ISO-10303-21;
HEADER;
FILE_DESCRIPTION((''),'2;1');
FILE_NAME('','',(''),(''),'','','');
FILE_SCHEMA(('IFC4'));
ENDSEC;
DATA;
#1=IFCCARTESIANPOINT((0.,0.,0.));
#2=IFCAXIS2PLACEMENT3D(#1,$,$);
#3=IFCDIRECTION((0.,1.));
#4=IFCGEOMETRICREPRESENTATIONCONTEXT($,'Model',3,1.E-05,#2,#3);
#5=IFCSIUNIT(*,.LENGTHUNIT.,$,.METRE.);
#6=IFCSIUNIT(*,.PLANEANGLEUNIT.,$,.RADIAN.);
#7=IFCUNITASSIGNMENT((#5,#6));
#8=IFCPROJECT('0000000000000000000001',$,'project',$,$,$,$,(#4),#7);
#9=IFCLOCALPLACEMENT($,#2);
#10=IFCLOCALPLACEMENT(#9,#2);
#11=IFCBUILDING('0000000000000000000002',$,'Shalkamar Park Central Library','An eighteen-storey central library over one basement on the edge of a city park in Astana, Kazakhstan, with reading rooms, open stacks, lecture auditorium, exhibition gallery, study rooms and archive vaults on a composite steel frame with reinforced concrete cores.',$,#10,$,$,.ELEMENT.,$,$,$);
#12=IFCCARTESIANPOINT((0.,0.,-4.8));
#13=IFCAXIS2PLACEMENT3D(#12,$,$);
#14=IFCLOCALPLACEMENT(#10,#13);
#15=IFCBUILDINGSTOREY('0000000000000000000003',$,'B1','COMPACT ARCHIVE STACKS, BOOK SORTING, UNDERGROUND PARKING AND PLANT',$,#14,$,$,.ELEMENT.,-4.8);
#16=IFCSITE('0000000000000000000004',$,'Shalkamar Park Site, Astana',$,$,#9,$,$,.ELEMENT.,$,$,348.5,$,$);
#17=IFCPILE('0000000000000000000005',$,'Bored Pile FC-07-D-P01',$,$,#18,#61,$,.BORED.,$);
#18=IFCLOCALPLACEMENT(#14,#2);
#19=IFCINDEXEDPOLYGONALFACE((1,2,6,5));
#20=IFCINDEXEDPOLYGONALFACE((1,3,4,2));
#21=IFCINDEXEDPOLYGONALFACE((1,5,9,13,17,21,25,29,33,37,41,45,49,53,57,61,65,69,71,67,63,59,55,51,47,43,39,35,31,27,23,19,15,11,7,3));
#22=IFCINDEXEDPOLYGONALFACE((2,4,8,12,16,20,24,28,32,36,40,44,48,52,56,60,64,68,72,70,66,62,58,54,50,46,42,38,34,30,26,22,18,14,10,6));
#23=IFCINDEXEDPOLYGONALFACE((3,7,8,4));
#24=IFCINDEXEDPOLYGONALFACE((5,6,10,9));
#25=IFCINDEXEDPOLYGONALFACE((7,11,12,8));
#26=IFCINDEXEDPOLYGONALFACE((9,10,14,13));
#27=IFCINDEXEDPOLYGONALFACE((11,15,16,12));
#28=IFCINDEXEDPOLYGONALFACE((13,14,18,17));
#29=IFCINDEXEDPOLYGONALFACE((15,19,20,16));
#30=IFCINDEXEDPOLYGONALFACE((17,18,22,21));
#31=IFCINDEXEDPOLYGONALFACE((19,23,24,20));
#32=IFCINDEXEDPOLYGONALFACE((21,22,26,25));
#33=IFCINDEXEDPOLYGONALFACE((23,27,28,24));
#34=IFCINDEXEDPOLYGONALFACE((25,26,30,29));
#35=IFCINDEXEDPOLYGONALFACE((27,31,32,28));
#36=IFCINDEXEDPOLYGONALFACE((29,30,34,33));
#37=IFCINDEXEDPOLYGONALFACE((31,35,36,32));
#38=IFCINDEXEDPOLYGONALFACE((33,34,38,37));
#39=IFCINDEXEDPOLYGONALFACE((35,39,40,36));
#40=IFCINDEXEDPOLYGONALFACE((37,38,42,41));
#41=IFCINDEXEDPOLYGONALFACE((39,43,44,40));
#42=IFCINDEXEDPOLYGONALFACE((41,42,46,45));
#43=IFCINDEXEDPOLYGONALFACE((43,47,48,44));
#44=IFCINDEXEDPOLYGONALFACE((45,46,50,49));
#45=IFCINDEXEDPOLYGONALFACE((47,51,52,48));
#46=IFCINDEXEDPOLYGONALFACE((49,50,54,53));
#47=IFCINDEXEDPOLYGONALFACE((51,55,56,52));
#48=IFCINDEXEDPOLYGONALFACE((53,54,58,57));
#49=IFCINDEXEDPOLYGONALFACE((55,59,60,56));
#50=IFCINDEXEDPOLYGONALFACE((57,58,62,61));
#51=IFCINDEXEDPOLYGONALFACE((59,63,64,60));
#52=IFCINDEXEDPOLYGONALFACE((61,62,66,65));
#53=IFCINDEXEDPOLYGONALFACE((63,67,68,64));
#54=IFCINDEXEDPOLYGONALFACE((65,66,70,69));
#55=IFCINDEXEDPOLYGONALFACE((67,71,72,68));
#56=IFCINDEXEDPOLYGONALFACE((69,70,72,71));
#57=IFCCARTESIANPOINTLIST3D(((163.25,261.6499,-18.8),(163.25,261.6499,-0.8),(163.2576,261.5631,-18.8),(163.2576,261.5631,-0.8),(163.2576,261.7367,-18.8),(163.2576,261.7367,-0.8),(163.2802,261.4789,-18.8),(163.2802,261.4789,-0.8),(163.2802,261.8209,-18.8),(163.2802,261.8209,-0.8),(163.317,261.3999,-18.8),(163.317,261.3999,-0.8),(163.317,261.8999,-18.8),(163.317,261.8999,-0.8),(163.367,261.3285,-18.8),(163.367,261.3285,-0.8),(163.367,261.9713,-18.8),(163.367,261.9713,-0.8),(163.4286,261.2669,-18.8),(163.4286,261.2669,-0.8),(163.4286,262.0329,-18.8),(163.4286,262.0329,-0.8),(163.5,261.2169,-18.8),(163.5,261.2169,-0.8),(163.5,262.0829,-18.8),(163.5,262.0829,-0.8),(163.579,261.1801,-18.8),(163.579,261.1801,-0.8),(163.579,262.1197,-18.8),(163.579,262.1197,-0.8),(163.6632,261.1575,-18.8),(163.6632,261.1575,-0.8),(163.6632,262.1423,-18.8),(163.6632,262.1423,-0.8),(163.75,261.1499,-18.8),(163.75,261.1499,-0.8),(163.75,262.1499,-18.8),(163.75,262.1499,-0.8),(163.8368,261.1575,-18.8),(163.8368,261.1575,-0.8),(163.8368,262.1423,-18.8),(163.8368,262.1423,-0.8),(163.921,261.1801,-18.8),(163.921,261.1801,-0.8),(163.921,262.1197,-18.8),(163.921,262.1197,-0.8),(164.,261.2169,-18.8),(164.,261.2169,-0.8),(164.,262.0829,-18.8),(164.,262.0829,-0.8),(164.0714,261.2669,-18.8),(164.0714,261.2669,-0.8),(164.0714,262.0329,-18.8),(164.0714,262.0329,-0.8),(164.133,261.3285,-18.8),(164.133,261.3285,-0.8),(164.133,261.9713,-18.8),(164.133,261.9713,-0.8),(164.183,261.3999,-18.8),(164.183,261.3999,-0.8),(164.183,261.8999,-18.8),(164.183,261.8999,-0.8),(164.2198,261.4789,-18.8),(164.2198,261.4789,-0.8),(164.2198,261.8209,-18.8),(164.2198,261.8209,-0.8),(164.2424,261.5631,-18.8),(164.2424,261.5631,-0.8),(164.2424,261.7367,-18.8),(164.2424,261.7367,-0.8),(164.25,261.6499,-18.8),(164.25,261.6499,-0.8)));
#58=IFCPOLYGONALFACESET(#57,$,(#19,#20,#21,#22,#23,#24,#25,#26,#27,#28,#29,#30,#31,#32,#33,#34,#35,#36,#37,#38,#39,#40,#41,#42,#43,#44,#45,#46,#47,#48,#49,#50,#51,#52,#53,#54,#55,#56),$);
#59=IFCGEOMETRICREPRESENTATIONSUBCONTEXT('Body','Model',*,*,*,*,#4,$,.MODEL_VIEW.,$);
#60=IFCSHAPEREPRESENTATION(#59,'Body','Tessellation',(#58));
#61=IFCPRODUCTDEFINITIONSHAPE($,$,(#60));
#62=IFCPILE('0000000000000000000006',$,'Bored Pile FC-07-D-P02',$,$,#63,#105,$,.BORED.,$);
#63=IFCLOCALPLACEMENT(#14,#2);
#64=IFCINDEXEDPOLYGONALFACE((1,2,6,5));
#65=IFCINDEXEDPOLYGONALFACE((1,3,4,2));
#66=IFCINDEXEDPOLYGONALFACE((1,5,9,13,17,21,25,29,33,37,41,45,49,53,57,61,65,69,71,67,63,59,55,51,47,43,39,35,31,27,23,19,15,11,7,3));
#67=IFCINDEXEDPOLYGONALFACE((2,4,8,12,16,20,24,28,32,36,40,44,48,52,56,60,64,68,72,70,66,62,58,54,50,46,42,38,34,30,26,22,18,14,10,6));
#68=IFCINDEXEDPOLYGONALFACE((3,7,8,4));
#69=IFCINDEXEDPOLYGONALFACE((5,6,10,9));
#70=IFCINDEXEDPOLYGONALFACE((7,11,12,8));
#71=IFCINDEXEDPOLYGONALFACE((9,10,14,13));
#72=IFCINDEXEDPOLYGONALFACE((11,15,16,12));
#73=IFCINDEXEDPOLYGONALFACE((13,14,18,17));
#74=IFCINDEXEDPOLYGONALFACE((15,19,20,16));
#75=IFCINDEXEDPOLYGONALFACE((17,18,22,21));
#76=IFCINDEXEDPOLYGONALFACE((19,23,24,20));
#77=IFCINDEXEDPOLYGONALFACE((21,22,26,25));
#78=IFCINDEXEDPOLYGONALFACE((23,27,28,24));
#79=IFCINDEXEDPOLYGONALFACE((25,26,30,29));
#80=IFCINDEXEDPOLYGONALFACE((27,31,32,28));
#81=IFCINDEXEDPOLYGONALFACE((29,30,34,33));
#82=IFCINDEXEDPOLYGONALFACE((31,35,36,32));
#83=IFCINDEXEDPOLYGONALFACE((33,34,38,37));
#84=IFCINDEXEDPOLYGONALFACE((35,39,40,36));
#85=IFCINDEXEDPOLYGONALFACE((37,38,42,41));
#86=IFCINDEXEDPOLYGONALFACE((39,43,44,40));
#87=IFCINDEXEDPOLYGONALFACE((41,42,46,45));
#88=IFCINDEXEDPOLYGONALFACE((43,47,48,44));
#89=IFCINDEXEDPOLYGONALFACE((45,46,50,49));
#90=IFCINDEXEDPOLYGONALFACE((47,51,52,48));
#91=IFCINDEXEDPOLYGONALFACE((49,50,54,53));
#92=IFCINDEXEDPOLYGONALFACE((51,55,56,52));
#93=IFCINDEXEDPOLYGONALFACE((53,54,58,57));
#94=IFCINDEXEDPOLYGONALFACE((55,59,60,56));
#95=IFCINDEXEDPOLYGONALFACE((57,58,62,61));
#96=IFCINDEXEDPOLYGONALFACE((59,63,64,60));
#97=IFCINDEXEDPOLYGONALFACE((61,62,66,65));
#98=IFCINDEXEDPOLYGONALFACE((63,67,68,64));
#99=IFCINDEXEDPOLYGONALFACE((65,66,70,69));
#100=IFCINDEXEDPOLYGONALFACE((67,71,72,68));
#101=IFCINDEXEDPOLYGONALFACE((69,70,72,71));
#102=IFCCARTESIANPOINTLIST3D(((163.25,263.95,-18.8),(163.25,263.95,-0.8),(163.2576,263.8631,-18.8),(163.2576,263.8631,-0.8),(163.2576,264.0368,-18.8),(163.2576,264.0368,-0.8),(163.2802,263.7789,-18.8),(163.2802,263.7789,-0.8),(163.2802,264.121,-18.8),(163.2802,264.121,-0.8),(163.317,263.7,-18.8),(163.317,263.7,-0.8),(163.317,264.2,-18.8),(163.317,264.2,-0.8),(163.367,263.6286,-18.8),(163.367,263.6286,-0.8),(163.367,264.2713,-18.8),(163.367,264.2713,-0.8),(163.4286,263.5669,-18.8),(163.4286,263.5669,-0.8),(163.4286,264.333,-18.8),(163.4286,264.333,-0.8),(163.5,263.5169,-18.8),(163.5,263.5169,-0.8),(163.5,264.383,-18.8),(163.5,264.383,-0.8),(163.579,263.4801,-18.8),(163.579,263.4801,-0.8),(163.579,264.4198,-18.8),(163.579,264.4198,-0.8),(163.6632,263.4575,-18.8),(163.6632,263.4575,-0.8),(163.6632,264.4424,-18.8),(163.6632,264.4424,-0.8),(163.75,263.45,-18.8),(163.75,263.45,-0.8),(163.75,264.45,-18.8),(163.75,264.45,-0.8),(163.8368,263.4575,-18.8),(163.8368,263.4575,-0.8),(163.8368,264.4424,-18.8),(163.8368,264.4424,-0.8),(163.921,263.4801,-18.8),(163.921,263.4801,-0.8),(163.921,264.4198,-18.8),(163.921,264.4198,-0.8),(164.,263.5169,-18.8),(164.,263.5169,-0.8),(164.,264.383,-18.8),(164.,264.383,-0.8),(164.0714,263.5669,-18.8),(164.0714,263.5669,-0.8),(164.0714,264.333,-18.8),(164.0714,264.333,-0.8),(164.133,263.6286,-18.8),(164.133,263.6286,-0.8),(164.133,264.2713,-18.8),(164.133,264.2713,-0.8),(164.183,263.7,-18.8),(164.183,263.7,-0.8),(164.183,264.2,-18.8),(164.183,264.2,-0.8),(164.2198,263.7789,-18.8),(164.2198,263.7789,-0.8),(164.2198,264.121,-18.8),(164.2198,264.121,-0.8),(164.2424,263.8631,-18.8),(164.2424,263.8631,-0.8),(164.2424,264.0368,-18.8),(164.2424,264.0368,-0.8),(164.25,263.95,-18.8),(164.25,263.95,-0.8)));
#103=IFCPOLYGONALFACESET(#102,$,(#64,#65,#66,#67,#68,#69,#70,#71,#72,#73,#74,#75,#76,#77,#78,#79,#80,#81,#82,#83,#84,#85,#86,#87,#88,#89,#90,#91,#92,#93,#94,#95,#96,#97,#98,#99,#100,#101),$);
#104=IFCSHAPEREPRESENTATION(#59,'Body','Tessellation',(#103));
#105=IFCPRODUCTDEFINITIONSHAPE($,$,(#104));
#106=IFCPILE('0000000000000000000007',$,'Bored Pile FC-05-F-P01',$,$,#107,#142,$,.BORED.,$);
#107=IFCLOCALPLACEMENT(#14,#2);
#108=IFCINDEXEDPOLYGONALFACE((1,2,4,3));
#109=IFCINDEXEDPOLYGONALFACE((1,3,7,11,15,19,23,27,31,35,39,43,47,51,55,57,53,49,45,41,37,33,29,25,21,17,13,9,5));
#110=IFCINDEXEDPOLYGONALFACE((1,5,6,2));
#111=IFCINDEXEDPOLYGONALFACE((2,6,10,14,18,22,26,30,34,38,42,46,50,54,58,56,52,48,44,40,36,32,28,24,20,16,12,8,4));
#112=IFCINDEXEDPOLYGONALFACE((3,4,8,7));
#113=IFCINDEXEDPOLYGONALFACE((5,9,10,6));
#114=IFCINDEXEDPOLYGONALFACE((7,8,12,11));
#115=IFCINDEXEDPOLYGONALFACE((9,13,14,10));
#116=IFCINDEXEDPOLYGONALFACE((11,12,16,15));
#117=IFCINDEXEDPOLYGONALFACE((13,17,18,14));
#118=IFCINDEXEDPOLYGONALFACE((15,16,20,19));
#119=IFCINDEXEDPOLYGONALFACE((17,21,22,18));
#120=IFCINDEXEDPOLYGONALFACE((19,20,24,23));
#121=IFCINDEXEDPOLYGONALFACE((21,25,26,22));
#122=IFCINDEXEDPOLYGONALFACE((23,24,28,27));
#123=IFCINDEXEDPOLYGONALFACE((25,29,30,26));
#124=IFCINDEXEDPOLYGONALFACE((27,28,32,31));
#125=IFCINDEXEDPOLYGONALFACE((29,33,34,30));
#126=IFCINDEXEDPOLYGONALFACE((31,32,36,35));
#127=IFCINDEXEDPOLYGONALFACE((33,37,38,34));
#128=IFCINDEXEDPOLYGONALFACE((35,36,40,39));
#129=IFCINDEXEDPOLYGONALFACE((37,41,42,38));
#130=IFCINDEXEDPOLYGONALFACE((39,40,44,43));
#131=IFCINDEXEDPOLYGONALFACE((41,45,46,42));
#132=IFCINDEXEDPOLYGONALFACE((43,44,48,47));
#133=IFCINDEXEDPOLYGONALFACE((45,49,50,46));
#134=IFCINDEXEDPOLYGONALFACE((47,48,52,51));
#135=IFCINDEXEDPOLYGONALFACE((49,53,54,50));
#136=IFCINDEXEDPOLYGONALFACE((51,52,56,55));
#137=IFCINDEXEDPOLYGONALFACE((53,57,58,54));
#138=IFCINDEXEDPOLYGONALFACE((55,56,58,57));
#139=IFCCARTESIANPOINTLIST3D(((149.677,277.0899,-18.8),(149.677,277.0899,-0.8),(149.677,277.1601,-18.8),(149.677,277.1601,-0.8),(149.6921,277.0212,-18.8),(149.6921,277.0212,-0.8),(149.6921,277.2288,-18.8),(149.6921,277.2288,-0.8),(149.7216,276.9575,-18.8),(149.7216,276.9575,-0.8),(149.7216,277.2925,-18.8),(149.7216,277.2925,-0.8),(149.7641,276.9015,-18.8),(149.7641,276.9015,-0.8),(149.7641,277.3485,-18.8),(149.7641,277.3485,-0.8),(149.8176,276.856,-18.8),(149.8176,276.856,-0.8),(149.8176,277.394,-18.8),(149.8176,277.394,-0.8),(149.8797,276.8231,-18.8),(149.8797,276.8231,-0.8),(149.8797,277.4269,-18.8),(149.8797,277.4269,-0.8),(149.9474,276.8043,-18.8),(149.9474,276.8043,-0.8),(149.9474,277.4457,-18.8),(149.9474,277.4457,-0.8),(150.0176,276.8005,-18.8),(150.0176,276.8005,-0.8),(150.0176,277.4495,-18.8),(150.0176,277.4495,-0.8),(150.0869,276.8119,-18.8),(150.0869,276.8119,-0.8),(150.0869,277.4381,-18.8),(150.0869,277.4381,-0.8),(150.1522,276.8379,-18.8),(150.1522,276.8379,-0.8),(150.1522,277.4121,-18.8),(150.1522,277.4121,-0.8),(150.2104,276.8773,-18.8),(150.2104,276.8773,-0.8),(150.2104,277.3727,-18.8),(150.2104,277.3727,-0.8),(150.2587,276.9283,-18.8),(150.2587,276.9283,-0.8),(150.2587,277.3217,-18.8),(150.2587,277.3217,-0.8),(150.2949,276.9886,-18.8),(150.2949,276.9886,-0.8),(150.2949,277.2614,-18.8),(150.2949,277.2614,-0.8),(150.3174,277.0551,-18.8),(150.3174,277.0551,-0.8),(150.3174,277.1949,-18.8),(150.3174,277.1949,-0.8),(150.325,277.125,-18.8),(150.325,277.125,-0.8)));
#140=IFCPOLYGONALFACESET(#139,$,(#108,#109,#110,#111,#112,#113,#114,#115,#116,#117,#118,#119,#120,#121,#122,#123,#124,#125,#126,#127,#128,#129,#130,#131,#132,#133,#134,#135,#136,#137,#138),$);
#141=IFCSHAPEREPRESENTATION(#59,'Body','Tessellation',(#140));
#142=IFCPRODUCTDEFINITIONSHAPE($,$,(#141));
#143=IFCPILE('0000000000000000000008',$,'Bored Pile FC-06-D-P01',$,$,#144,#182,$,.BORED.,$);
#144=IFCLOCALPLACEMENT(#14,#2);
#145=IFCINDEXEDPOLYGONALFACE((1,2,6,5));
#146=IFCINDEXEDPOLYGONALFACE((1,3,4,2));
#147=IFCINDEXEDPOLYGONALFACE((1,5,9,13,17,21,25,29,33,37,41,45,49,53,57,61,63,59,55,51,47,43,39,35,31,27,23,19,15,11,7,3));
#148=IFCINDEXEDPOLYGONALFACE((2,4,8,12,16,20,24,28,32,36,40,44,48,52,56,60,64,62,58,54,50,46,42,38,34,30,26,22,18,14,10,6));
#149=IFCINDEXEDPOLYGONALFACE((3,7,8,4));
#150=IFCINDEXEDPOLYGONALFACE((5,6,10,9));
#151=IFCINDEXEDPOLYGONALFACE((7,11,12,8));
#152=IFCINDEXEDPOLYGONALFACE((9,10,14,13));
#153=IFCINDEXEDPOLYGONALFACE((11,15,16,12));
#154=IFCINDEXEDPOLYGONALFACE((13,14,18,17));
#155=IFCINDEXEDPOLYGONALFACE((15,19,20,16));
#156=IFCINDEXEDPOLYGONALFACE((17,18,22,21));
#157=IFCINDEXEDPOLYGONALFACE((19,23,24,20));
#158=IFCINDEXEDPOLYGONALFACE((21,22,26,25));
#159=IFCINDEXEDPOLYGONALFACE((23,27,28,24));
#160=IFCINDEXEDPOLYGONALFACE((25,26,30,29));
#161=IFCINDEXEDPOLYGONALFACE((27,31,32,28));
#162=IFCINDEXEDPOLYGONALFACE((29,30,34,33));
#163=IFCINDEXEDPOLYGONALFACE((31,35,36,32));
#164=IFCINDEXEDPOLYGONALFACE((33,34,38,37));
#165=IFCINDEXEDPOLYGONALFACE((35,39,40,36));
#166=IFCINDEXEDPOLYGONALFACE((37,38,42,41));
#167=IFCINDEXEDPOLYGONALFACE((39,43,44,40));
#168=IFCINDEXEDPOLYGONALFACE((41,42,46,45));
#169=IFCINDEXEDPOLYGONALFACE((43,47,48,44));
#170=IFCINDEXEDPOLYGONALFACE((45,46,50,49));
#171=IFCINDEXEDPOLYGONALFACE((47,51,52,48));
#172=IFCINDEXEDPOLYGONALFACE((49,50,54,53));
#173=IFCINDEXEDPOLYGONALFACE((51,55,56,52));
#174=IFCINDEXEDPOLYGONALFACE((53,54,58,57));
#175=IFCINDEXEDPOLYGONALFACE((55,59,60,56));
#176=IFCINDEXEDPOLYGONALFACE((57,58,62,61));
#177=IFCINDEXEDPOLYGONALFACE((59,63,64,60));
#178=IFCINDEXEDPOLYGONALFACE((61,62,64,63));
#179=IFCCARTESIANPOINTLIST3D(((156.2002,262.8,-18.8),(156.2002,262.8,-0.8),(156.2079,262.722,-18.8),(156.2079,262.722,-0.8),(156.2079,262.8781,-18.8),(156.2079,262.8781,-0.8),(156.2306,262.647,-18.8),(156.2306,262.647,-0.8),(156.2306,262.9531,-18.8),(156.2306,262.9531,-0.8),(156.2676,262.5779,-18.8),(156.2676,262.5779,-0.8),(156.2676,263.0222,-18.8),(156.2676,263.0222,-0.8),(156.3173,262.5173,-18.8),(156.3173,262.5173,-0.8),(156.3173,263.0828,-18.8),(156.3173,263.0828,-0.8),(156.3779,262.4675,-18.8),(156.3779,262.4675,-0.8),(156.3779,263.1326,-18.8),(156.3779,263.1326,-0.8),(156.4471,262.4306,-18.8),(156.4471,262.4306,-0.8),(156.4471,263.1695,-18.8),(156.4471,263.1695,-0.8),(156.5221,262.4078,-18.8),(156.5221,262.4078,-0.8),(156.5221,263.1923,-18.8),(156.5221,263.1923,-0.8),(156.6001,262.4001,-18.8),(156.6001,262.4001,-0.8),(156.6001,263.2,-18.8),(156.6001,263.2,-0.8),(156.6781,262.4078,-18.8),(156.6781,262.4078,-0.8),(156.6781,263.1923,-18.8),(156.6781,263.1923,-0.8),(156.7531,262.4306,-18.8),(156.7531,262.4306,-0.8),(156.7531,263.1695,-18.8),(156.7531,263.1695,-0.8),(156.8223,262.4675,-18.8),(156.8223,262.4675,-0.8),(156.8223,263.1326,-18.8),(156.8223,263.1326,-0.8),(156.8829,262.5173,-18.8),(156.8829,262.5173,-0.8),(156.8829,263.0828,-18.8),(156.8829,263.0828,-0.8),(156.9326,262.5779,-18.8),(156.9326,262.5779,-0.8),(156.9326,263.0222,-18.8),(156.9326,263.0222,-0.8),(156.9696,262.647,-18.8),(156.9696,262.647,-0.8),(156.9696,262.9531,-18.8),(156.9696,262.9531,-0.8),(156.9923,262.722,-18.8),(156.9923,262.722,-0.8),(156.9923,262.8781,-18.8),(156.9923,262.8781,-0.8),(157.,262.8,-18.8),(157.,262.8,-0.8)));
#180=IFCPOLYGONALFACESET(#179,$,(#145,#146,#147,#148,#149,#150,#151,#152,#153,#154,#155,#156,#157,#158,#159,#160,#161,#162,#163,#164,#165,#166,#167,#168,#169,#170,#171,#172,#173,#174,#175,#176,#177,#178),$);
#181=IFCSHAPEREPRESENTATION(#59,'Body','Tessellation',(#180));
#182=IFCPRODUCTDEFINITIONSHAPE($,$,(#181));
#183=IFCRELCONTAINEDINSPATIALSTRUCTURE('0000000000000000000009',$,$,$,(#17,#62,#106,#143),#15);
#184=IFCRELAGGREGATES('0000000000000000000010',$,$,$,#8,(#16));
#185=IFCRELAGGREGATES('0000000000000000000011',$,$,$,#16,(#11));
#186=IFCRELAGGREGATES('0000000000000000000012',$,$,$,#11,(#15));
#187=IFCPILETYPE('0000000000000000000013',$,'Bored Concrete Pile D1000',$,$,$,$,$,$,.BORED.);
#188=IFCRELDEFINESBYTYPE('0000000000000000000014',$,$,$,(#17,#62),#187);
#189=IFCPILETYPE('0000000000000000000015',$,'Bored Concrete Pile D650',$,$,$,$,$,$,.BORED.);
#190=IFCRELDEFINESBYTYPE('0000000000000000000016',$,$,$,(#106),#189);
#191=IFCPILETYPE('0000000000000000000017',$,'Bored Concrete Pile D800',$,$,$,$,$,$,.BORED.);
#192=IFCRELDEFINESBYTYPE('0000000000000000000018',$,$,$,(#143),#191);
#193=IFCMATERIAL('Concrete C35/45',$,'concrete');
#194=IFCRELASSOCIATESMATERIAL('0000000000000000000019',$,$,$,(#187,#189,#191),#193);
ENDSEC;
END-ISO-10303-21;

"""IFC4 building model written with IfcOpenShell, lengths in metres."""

from ifc_helpers import new_model, si_unit, direction, frame, origin, origin_2d, place, context, subcontext, project, spatial, circle, extrude, material, material_profile, profile_set, type_object, element, save


model = new_model("IFC4")

# Units and contexts
model_context = context("Model", 3, precision=1e-05, world=origin(), true_north=direction((0.0, 1.0)))
body_context = subcontext(model_context, "Body", "Model", "MODEL_VIEW")
ifc_project = project(units=[si_unit("LENGTHUNIT", "METRE"), si_unit("PLANEANGLEUNIT", "RADIAN")], contexts=[model_context])

# Site, building, storey
site_placement = place(None, origin())
site = spatial("IfcSite", under=ifc_project, at=site_placement, Name="Shalkamar Park Site, Astana", CompositionType="ELEMENT", RefElevation=348.5)
building_placement = place(site_placement, origin())
building = spatial("IfcBuilding", under=site, at=building_placement, Name="Shalkamar Park Central Library", Description="An eighteen-storey central library over one basement on the edge of a city park in Astana, Kazakhstan, with reading rooms, open stacks, lecture auditorium, exhibition gallery, study rooms and archive vaults on a composite steel frame with reinforced concrete cores.", CompositionType="ELEMENT")
storey_placement = place(building_placement, frame((0.0, 0.0, -4.8)))
storey = spatial("IfcBuildingStorey", under=building, at=storey_placement, Name="B1", Description="COMPACT ARCHIVE STACKS, BOOK SORTING, UNDERGROUND PARKING AND PLANT", CompositionType="ELEMENT", Elevation=-4.8)

# Piles
ifc_material_1 = material(Name="Concrete C35/45", Category="concrete")
ifc_material_profile_1 = material_profile(ifc_material_1, circle(Radius=0.5, at=origin_2d()), Name="PILE D1000")
ifc_profile_set_1 = profile_set([ifc_material_profile_1], Name="Concrete C35/45")
pile_type_1 = type_object("IfcPileType", Name="Bored Concrete Pile D1000", PredefinedType="BORED", material=ifc_profile_set_1)
for number, where, z_axis, x_axis, name in (
    (1, (163.75, 261.6499, -0.8), (0.0, 0.0, -1.0), (1.0, 0.0, 0.0), "Bored Pile FC-07-D-P01"),
    (2, (163.75, 263.95, -0.8), (0.0, 0.0, -1.0), (1.0, 0.0, 0.0), "Bored Pile FC-07-D-P02"),
):
    element("IfcPile", number, at=place(storey_placement, frame(where, z_axis=z_axis, x_axis=x_axis)), inside=storey, type_object=pile_type_1, Name=name, PredefinedType="BORED", context=body_context, shape_type="SweptSolid", body=[
        extrude(circle(Radius=0.5, at=origin_2d()), origin(), (0.0, 0.0, 1.0), 18.0),
    ])
ifc_material_profile_2 = material_profile(ifc_material_1, circle(Radius=0.325, at=origin_2d()), Name="PILE D650")
ifc_profile_set_2 = profile_set([ifc_material_profile_2], Name="Concrete C35/45")
pile_type_2 = type_object("IfcPileType", Name="Bored Concrete Pile D650", PredefinedType="BORED", material=ifc_profile_set_2)
pile_placement = place(storey_placement, frame((150.0, 277.125, -0.8), z_axis=(0.0, 0.0, -1.0), x_axis=(1.0, 0.0, 0.0)))
element("IfcPile", 3, at=pile_placement, inside=storey, type_object=pile_type_2, Name="Bored Pile FC-05-F-P01", PredefinedType="BORED", context=body_context, shape_type="SweptSolid", body=[
    extrude(circle(Radius=0.325, at=origin_2d()), origin(), (0.0, 0.0, 1.0), 18.0),
])
ifc_material_profile_3 = material_profile(ifc_material_1, circle(Radius=0.3999, at=origin_2d()), Name="PILE D800")
ifc_profile_set_3 = profile_set([ifc_material_profile_3], Name="Concrete C35/45")
pile_type_3 = type_object("IfcPileType", Name="Bored Concrete Pile D800", PredefinedType="BORED", material=ifc_profile_set_3)
for number, where, z_axis, x_axis, name in (
    (4, (156.6001, 262.8, -0.8), (0.0, 0.0, -1.0), (1.0, 0.0, 0.0), "Bored Pile FC-06-D-P01"),
):
    element("IfcPile", number, at=place(storey_placement, frame(where, z_axis=z_axis, x_axis=x_axis)), inside=storey, type_object=pile_type_3, Name=name, PredefinedType="BORED", context=body_context, shape_type="SweptSolid", body=[
        extrude(circle(Radius=0.3999, at=origin_2d()), origin(), (0.0, 0.0, 1.0), 18.0),
    ])

save(model, "model.ifc")
